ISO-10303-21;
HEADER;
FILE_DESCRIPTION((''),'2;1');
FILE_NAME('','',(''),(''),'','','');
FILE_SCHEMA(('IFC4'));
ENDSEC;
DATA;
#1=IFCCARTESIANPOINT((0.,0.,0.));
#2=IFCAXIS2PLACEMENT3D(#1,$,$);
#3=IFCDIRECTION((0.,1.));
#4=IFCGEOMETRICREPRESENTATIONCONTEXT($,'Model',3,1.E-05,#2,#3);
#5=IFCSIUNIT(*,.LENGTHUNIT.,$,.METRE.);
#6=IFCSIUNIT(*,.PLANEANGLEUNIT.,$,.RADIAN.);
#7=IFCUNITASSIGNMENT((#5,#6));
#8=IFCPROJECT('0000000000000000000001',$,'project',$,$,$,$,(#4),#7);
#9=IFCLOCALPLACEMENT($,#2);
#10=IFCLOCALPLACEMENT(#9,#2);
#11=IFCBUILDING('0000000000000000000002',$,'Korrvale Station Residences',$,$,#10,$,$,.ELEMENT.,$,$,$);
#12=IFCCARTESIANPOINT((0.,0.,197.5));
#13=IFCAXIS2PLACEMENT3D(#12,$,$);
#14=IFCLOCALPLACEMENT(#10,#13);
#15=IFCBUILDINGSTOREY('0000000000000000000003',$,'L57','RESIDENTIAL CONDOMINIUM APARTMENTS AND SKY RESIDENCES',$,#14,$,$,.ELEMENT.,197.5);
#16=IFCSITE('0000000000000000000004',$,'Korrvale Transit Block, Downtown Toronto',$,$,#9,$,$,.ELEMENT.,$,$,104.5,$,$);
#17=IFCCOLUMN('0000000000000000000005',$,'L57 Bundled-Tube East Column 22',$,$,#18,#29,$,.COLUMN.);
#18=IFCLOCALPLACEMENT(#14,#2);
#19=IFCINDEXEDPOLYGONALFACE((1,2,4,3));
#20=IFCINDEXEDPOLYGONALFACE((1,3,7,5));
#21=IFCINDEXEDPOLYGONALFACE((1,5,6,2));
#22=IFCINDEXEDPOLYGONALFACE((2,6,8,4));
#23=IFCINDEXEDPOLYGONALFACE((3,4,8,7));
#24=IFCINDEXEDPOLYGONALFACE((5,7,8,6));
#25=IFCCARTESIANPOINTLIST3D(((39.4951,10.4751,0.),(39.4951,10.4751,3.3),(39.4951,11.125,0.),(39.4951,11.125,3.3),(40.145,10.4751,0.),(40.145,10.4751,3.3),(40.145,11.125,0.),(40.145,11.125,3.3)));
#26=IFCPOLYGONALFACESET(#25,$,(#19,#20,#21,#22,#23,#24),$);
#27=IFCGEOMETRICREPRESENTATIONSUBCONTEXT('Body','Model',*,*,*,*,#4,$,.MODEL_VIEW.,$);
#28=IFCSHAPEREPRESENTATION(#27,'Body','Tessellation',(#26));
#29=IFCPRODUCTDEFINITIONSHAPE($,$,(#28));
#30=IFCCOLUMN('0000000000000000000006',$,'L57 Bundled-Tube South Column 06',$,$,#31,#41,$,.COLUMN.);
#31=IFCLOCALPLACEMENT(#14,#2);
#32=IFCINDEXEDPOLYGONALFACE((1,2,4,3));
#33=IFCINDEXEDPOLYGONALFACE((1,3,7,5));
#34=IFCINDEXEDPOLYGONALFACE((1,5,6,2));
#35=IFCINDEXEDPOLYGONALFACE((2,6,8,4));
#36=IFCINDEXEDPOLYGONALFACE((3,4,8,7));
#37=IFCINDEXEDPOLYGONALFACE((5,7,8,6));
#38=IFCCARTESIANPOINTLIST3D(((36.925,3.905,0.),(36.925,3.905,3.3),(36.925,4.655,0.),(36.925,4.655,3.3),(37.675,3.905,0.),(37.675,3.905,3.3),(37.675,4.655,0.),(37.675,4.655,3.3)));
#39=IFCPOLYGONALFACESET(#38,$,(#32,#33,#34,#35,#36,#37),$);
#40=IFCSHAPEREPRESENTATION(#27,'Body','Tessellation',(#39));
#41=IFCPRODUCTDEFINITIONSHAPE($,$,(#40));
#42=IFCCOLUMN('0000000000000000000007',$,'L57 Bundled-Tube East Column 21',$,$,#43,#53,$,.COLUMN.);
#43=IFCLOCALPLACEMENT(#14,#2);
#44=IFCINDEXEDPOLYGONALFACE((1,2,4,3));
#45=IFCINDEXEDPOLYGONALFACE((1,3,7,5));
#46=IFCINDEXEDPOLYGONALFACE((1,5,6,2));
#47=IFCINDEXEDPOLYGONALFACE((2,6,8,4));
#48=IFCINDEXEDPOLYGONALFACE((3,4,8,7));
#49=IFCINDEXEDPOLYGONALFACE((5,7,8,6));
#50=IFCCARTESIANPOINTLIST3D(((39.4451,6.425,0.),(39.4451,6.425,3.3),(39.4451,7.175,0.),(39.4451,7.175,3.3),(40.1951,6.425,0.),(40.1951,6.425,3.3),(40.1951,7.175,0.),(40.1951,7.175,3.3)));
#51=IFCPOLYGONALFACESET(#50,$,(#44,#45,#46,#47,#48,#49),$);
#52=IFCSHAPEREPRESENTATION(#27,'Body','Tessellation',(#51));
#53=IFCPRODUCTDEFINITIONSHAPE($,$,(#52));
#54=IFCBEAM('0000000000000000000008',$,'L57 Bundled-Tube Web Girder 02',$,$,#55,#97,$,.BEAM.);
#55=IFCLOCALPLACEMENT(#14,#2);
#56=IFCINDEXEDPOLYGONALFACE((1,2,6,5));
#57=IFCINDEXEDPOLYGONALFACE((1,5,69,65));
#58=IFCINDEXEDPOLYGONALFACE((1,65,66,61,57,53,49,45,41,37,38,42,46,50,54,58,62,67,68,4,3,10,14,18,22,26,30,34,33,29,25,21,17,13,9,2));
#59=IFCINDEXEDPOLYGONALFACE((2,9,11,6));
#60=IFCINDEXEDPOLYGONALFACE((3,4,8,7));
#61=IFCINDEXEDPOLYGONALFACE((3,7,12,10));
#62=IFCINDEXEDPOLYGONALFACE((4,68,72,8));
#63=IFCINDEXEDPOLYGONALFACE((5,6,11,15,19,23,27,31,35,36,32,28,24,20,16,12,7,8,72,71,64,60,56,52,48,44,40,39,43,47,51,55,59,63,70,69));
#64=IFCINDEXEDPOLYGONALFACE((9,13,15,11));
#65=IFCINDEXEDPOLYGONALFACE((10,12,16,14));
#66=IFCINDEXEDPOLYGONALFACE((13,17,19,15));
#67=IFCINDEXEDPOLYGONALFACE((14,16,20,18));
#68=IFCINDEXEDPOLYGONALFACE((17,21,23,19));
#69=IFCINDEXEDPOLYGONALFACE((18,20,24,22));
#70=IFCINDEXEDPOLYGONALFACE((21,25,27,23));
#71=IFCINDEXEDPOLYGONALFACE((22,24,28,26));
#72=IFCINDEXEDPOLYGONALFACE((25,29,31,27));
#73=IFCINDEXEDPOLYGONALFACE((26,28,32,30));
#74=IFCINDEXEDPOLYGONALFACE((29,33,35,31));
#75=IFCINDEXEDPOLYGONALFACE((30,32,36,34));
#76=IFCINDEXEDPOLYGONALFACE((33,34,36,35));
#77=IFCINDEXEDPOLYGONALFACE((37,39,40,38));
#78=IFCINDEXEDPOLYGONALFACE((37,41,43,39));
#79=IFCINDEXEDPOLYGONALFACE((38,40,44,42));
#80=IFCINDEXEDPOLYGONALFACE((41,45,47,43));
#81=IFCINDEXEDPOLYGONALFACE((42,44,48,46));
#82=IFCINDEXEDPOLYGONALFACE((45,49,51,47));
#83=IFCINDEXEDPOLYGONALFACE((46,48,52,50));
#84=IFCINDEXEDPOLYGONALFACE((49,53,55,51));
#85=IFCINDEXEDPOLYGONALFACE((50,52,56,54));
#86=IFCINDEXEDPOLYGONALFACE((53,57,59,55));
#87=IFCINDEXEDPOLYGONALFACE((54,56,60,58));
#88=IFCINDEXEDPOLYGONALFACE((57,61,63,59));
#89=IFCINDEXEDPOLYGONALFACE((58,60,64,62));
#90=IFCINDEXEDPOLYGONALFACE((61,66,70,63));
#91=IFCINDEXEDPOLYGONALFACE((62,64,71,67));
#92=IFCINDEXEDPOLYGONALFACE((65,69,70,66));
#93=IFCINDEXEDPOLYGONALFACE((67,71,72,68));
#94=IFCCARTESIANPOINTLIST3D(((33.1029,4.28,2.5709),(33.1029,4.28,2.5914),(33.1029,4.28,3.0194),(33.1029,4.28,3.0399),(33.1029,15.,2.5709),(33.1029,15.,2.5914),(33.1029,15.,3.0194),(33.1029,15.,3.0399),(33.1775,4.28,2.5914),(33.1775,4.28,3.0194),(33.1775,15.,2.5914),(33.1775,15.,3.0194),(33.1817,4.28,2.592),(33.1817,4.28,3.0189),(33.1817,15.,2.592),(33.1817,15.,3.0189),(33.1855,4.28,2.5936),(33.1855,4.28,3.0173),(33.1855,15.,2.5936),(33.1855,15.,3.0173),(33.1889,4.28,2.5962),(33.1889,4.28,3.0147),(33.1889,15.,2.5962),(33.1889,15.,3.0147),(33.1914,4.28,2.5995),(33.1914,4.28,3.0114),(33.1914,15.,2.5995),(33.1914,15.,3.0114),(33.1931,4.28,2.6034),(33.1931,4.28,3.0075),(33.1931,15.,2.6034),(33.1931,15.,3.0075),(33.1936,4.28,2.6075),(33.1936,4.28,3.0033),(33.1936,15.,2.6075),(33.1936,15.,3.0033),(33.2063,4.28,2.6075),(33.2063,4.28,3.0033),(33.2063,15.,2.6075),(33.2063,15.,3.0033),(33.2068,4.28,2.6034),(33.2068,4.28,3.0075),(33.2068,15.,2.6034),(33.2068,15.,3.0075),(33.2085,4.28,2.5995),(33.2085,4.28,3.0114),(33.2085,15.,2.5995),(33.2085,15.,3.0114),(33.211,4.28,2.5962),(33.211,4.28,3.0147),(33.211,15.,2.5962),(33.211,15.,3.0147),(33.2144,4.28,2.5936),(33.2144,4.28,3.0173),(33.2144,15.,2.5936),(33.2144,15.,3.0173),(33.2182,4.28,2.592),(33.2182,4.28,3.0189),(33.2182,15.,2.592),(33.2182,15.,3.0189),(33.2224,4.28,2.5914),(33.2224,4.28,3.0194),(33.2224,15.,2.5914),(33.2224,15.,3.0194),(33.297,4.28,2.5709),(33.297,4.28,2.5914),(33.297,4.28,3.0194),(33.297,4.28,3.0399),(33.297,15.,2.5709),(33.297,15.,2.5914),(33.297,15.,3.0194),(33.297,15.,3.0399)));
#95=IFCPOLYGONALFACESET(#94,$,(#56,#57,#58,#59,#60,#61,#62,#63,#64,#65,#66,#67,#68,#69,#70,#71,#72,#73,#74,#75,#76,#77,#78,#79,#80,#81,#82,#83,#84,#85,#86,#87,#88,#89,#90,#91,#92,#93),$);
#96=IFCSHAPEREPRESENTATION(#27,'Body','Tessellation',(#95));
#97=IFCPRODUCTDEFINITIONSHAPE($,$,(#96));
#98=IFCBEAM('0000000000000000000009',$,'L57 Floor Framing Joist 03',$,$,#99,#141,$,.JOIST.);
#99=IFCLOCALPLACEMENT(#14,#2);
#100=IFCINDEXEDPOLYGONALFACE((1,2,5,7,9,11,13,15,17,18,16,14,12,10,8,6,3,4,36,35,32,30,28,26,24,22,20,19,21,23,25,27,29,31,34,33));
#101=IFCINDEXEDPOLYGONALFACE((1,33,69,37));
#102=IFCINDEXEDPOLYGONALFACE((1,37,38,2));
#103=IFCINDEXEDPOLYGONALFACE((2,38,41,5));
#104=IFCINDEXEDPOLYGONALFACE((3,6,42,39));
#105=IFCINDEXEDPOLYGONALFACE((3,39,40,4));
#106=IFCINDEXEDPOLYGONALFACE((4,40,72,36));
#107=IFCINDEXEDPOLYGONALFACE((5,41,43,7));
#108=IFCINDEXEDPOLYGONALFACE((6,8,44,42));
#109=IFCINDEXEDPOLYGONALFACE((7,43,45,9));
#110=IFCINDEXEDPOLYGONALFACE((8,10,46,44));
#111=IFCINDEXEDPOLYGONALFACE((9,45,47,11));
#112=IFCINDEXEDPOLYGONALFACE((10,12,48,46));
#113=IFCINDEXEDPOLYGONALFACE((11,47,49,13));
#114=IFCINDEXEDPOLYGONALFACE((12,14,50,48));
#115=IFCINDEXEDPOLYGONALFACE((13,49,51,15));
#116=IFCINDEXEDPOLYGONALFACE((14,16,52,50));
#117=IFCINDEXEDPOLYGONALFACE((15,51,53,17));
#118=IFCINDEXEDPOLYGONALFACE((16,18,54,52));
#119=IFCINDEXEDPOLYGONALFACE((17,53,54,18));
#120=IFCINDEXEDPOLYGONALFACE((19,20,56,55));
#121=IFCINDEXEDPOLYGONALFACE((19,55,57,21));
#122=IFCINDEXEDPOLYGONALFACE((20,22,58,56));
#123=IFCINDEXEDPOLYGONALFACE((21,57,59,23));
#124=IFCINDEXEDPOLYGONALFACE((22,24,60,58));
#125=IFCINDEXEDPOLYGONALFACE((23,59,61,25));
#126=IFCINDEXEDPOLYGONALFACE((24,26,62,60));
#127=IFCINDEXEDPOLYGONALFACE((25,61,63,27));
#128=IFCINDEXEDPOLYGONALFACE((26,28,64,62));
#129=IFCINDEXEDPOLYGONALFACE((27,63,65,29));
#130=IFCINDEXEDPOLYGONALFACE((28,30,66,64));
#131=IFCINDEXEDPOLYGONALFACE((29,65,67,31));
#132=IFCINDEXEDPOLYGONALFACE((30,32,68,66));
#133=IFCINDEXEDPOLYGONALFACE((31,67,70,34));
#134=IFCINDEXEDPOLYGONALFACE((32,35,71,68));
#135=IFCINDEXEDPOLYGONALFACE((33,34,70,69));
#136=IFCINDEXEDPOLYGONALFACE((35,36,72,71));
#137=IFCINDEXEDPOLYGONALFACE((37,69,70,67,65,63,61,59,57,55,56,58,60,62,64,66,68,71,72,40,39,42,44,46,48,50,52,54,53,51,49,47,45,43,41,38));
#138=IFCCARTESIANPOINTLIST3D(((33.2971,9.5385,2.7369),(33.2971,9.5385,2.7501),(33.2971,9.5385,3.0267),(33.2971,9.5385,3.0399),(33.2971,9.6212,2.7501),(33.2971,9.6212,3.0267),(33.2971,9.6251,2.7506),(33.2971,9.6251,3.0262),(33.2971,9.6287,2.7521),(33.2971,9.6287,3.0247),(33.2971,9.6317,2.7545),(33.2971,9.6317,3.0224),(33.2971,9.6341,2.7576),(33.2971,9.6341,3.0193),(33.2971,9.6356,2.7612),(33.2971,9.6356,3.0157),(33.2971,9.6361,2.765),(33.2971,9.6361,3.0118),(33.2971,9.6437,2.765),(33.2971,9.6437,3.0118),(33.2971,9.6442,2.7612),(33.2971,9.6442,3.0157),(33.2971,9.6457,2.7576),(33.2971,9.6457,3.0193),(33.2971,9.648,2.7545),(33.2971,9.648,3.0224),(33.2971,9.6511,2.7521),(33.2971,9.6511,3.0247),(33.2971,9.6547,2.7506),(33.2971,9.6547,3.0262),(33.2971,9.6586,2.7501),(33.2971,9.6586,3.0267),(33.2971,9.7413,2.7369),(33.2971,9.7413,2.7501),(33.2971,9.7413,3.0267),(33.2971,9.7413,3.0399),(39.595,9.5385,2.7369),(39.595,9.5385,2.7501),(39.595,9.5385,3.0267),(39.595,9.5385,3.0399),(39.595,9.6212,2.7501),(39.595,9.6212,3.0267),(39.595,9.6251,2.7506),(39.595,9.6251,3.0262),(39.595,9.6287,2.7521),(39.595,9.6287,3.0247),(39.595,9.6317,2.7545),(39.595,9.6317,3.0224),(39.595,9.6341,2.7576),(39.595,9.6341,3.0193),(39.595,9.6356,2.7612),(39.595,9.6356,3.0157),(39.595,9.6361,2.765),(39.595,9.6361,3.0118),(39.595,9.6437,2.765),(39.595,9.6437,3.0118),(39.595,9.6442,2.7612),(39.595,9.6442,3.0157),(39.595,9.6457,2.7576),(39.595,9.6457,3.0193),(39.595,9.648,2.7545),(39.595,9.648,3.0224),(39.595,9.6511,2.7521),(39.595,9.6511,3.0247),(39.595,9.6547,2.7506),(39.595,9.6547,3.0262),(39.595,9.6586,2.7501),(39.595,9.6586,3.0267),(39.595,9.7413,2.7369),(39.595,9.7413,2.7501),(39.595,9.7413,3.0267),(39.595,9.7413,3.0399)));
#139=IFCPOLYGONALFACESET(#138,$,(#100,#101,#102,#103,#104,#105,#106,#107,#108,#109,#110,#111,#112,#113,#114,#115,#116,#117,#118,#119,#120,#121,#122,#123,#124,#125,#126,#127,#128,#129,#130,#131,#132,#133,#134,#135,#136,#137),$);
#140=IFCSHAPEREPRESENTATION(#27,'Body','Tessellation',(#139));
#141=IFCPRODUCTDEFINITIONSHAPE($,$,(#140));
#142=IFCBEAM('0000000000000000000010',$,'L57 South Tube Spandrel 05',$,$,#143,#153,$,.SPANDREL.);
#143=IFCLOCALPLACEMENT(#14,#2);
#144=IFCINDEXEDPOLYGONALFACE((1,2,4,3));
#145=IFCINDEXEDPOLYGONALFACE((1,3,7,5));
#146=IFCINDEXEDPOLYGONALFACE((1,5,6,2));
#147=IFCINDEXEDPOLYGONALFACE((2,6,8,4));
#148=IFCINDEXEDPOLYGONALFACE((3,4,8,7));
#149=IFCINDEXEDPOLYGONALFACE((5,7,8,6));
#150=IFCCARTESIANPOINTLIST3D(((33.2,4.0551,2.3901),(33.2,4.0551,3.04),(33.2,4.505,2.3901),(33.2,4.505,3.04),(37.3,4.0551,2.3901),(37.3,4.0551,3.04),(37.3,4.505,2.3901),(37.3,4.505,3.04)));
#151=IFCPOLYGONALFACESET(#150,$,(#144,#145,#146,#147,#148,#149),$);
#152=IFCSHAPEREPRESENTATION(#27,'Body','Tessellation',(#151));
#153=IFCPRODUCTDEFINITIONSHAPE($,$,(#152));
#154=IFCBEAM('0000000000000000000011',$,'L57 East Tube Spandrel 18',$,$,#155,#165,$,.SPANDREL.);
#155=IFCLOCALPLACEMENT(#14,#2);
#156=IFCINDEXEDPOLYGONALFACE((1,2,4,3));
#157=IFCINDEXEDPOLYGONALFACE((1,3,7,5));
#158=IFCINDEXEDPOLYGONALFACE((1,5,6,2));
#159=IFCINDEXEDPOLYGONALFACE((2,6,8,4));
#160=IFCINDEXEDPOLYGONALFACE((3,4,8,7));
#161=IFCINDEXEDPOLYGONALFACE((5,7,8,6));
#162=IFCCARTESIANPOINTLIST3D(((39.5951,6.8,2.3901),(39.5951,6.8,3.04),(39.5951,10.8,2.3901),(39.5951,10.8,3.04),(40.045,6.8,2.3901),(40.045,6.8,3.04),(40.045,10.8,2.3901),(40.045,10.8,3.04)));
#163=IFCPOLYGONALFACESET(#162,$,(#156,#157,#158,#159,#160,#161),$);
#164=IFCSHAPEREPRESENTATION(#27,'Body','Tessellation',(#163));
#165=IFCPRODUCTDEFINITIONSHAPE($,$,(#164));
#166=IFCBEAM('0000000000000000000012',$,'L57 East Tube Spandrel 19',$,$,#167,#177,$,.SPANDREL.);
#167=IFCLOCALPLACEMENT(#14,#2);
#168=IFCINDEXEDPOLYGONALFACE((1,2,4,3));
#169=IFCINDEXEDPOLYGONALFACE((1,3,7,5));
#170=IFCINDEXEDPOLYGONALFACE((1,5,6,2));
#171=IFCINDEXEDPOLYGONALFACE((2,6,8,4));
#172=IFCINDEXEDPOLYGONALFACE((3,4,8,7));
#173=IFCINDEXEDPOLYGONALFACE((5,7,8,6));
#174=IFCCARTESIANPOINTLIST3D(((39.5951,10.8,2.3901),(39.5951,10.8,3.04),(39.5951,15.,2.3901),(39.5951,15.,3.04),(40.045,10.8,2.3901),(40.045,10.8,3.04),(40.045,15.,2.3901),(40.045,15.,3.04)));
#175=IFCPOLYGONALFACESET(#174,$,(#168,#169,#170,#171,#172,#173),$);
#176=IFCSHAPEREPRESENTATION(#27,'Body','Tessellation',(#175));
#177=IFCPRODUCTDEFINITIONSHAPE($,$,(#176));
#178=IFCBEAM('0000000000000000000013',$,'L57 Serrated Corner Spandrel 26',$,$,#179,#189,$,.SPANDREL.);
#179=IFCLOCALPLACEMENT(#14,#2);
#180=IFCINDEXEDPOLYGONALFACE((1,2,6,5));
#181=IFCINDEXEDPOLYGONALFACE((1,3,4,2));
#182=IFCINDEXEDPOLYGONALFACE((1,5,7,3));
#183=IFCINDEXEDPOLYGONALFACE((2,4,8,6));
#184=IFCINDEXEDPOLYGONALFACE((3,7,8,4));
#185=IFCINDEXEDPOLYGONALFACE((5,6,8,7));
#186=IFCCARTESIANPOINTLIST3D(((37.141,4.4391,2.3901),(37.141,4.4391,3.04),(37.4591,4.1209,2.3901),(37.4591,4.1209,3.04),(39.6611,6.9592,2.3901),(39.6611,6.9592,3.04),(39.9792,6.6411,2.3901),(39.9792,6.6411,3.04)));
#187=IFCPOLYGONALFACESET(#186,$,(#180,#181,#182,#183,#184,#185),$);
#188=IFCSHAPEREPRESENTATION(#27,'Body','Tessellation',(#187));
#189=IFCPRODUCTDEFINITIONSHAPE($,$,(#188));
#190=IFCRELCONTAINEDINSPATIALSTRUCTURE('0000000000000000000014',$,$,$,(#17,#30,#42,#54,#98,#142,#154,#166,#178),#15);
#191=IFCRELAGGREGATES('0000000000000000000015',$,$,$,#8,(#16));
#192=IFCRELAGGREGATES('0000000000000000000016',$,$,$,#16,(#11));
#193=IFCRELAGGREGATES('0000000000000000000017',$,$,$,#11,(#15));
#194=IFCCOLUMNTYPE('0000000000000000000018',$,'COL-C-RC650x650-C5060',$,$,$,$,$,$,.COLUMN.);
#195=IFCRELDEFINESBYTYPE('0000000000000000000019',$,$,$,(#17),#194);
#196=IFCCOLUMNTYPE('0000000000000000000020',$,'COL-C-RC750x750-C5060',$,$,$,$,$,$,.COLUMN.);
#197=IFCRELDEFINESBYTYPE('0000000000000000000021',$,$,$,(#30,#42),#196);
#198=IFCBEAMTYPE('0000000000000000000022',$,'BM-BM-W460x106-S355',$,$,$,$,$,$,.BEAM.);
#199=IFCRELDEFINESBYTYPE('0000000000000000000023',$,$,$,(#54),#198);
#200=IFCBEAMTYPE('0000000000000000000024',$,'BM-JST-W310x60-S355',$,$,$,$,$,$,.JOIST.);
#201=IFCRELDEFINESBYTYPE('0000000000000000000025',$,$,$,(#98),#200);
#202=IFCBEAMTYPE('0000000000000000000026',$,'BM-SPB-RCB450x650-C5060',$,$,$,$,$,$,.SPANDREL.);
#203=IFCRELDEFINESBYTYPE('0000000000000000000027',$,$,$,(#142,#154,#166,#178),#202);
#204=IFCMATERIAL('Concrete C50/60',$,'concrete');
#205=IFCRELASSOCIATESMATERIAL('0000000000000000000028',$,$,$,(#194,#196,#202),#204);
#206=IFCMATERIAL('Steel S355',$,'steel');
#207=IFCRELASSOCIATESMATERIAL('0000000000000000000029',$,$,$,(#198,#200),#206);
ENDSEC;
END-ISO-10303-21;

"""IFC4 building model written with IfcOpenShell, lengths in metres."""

from ifc_helpers import new_model, si_unit, direction, frame, origin, origin_2d, place, context, subcontext, project, spatial, rectangle, i_section, extrude, material, material_profile, profile_set, type_object, element, save


model = new_model("IFC4")

# Units and contexts
model_context = context("Model", 3, precision=1e-05, world=origin(), true_north=direction((0.0, 1.0)))
body_context = subcontext(model_context, "Body", "Model", "MODEL_VIEW")
ifc_project = project(units=[si_unit("LENGTHUNIT", "METRE"), si_unit("PLANEANGLEUNIT", "RADIAN")], contexts=[model_context])

# Site, building, storey
site_placement = place(None, origin())
site = spatial("IfcSite", under=ifc_project, at=site_placement, Name="Korrvale Transit Block, Downtown Toronto", CompositionType="ELEMENT", RefElevation=104.5)
building_placement = place(site_placement, origin())
building = spatial("IfcBuilding", under=site, at=building_placement, Name="Korrvale Station Residences", CompositionType="ELEMENT")
storey_placement = place(building_placement, frame((0.0, 0.0, 197.5)))
storey = spatial("IfcBuildingStorey", under=building, at=storey_placement, Name="L57", Description="RESIDENTIAL CONDOMINIUM APARTMENTS AND SKY RESIDENCES", CompositionType="ELEMENT", Elevation=197.5)

# Columns
ifc_material_1 = material(Name="Concrete C50/60", Category="concrete")
ifc_material_profile_1 = material_profile(ifc_material_1, rectangle(XDim=0.6499, YDim=0.6499, at=origin_2d()), Name="RC650x650")
ifc_profile_set_1 = profile_set([ifc_material_profile_1], Name="Concrete C50/60")
column_type_1 = type_object("IfcColumnType", Name="COL-C-RC650x650-C5060", PredefinedType="COLUMN", material=ifc_profile_set_1)
column_placement = place(storey_placement, frame((39.8201, 10.8, 0.0), z_axis=(0.0, 0.0, 1.0), x_axis=(1.0, 0.0, 0.0)))
element("IfcColumn", 1, at=column_placement, inside=storey, type_object=column_type_1, Name="L57 Bundled-Tube East Column 22", PredefinedType="COLUMN", context=body_context, shape_type="SweptSolid", body=[
    extrude(rectangle(XDim=0.6499, YDim=0.6499, at=origin_2d()), origin(), (0.0, 0.0, 1.0), 3.3),
])
ifc_material_profile_2 = material_profile(ifc_material_1, rectangle(XDim=0.75, YDim=0.75, at=origin_2d()), Name="RC750x750")
ifc_profile_set_2 = profile_set([ifc_material_profile_2], Name="Concrete C50/60")
column_type_2 = type_object("IfcColumnType", Name="COL-C-RC750x750-C5060", PredefinedType="COLUMN", material=ifc_profile_set_2)
for number, where, z_axis, x_axis, name in (
    (2, (37.3, 4.28, 0.0), (0.0, 0.0, 1.0), (1.0, 0.0, 0.0), "L57 Bundled-Tube South Column 06"),
    (3, (39.8201, 6.8, 0.0), (0.0, 0.0, 1.0), (1.0, 0.0, 0.0), "L57 Bundled-Tube East Column 21"),
):
    element("IfcColumn", number, at=place(storey_placement, frame(where, z_axis=z_axis, x_axis=x_axis)), inside=storey, type_object=column_type_2, Name=name, PredefinedType="COLUMN", context=body_context, shape_type="SweptSolid", body=[
        extrude(rectangle(XDim=0.75, YDim=0.75, at=origin_2d()), origin(), (0.0, 0.0, 1.0), 3.3),
    ])

# Beams
ifc_material_2 = material(Name="Steel S355", Category="steel")
ifc_material_profile_3 = material_profile(ifc_material_2, i_section(OverallWidth=0.1941, OverallDepth=0.469, WebThickness=0.0127, FlangeThickness=0.0205, FilletRadius=0.0161, at=origin_2d()), Name="W460x106")
ifc_profile_set_3 = profile_set([ifc_material_profile_3], Name="Steel S355")
beam_type_1 = type_object("IfcBeamType", Name="BM-BM-W460x106-S355", PredefinedType="BEAM", material=ifc_profile_set_3)
beam_1_placement = place(storey_placement, frame((33.2, 4.28, 2.8054), z_axis=(0.0, 1.0, 0.0), x_axis=(-1.0, 0.0, 0.0)))
element("IfcBeam", 4, at=beam_1_placement, inside=storey, type_object=beam_type_1, Name="L57 Bundled-Tube Web Girder 02", PredefinedType="BEAM", context=body_context, shape_type="SweptSolid", body=[
    extrude(i_section(OverallWidth=0.1941, OverallDepth=0.469, WebThickness=0.0127, FlangeThickness=0.0205, FilletRadius=0.0161, at=origin_2d()), origin(), (0.0, 0.0, 1.0), 10.72),
])
ifc_material_profile_4 = material_profile(ifc_material_2, i_section(OverallWidth=0.2029, OverallDepth=0.303, WebThickness=0.0076, FlangeThickness=0.0132, FilletRadius=0.0149, at=origin_2d()), Name="W310x60")
ifc_profile_set_4 = profile_set([ifc_material_profile_4], Name="Steel S355")
beam_type_2 = type_object("IfcBeamType", Name="BM-JST-W310x60-S355", PredefinedType="JOIST", material=ifc_profile_set_4)
beam_2_placement = place(storey_placement, frame((33.2971, 9.6399, 2.8884), z_axis=(1.0, 0.0, 0.0), x_axis=(0.0, 1.0, 0.0)))
element("IfcBeam", 5, at=beam_2_placement, inside=storey, type_object=beam_type_2, Name="L57 Floor Framing Joist 03", PredefinedType="JOIST", context=body_context, shape_type="SweptSolid", body=[
    extrude(i_section(OverallWidth=0.2029, OverallDepth=0.303, WebThickness=0.0076, FlangeThickness=0.0132, FilletRadius=0.0149, at=origin_2d()), origin(), (0.0, 0.0, 1.0), 6.2979),
])
ifc_material_profile_5 = material_profile(ifc_material_1, rectangle(XDim=0.45, YDim=0.6499, at=origin_2d()), Name="RCB450x650")
ifc_profile_set_5 = profile_set([ifc_material_profile_5], Name="Concrete C50/60")
beam_type_3 = type_object("IfcBeamType", Name="BM-SPB-RCB450x650-C5060", PredefinedType="SPANDREL", material=ifc_profile_set_5)
beam_3_placement = place(storey_placement, frame((33.2, 4.28, 2.7151), z_axis=(1.0, 0.0, 0.0), x_axis=(0.0, 1.0, 0.0)))
element("IfcBeam", 6, at=beam_3_placement, inside=storey, type_object=beam_type_3, Name="L57 South Tube Spandrel 05", PredefinedType="SPANDREL", context=body_context, shape_type="SweptSolid", body=[
    extrude(rectangle(XDim=0.45, YDim=0.6499, at=origin_2d()), origin(), (0.0, 0.0, 1.0), 4.1001),
])
beam_4_placement = place(storey_placement, frame((39.8201, 6.8, 2.7151), z_axis=(0.0, 1.0, 0.0), x_axis=(-1.0, 0.0, 0.0)))
element("IfcBeam", 7, at=beam_4_placement, inside=storey, type_object=beam_type_3, Name="L57 East Tube Spandrel 18", PredefinedType="SPANDREL", context=body_context, shape_type="SweptSolid", body=[
    extrude(rectangle(XDim=0.45, YDim=0.6499, at=origin_2d()), origin(), (0.0, 0.0, 1.0), 4.0),
])
beam_5_placement = place(storey_placement, frame((39.8201, 10.8, 2.7151), z_axis=(0.0, 1.0, 0.0), x_axis=(-1.0, 0.0, 0.0)))
element("IfcBeam", 8, at=beam_5_placement, inside=storey, type_object=beam_type_3, Name="L57 East Tube Spandrel 19", PredefinedType="SPANDREL", context=body_context, shape_type="SweptSolid", body=[
    extrude(rectangle(XDim=0.45, YDim=0.6499, at=origin_2d()), origin(), (0.0, 0.0, 1.0), 4.2),
])
beam_6_placement = place(storey_placement, frame((37.3, 4.28, 2.7151), z_axis=(0.707107, 0.707107, 0.0), x_axis=(-0.707107, 0.707107, 0.0)))
element("IfcBeam", 9, at=beam_6_placement, inside=storey, type_object=beam_type_3, Name="L57 Serrated Corner Spandrel 26", PredefinedType="SPANDREL", context=body_context, shape_type="SweptSolid", body=[
    extrude(rectangle(XDim=0.45, YDim=0.6499, at=origin_2d()), origin(), (0.0, 0.0, 1.0), 3.564),
])

save(model, "model.ifc")
